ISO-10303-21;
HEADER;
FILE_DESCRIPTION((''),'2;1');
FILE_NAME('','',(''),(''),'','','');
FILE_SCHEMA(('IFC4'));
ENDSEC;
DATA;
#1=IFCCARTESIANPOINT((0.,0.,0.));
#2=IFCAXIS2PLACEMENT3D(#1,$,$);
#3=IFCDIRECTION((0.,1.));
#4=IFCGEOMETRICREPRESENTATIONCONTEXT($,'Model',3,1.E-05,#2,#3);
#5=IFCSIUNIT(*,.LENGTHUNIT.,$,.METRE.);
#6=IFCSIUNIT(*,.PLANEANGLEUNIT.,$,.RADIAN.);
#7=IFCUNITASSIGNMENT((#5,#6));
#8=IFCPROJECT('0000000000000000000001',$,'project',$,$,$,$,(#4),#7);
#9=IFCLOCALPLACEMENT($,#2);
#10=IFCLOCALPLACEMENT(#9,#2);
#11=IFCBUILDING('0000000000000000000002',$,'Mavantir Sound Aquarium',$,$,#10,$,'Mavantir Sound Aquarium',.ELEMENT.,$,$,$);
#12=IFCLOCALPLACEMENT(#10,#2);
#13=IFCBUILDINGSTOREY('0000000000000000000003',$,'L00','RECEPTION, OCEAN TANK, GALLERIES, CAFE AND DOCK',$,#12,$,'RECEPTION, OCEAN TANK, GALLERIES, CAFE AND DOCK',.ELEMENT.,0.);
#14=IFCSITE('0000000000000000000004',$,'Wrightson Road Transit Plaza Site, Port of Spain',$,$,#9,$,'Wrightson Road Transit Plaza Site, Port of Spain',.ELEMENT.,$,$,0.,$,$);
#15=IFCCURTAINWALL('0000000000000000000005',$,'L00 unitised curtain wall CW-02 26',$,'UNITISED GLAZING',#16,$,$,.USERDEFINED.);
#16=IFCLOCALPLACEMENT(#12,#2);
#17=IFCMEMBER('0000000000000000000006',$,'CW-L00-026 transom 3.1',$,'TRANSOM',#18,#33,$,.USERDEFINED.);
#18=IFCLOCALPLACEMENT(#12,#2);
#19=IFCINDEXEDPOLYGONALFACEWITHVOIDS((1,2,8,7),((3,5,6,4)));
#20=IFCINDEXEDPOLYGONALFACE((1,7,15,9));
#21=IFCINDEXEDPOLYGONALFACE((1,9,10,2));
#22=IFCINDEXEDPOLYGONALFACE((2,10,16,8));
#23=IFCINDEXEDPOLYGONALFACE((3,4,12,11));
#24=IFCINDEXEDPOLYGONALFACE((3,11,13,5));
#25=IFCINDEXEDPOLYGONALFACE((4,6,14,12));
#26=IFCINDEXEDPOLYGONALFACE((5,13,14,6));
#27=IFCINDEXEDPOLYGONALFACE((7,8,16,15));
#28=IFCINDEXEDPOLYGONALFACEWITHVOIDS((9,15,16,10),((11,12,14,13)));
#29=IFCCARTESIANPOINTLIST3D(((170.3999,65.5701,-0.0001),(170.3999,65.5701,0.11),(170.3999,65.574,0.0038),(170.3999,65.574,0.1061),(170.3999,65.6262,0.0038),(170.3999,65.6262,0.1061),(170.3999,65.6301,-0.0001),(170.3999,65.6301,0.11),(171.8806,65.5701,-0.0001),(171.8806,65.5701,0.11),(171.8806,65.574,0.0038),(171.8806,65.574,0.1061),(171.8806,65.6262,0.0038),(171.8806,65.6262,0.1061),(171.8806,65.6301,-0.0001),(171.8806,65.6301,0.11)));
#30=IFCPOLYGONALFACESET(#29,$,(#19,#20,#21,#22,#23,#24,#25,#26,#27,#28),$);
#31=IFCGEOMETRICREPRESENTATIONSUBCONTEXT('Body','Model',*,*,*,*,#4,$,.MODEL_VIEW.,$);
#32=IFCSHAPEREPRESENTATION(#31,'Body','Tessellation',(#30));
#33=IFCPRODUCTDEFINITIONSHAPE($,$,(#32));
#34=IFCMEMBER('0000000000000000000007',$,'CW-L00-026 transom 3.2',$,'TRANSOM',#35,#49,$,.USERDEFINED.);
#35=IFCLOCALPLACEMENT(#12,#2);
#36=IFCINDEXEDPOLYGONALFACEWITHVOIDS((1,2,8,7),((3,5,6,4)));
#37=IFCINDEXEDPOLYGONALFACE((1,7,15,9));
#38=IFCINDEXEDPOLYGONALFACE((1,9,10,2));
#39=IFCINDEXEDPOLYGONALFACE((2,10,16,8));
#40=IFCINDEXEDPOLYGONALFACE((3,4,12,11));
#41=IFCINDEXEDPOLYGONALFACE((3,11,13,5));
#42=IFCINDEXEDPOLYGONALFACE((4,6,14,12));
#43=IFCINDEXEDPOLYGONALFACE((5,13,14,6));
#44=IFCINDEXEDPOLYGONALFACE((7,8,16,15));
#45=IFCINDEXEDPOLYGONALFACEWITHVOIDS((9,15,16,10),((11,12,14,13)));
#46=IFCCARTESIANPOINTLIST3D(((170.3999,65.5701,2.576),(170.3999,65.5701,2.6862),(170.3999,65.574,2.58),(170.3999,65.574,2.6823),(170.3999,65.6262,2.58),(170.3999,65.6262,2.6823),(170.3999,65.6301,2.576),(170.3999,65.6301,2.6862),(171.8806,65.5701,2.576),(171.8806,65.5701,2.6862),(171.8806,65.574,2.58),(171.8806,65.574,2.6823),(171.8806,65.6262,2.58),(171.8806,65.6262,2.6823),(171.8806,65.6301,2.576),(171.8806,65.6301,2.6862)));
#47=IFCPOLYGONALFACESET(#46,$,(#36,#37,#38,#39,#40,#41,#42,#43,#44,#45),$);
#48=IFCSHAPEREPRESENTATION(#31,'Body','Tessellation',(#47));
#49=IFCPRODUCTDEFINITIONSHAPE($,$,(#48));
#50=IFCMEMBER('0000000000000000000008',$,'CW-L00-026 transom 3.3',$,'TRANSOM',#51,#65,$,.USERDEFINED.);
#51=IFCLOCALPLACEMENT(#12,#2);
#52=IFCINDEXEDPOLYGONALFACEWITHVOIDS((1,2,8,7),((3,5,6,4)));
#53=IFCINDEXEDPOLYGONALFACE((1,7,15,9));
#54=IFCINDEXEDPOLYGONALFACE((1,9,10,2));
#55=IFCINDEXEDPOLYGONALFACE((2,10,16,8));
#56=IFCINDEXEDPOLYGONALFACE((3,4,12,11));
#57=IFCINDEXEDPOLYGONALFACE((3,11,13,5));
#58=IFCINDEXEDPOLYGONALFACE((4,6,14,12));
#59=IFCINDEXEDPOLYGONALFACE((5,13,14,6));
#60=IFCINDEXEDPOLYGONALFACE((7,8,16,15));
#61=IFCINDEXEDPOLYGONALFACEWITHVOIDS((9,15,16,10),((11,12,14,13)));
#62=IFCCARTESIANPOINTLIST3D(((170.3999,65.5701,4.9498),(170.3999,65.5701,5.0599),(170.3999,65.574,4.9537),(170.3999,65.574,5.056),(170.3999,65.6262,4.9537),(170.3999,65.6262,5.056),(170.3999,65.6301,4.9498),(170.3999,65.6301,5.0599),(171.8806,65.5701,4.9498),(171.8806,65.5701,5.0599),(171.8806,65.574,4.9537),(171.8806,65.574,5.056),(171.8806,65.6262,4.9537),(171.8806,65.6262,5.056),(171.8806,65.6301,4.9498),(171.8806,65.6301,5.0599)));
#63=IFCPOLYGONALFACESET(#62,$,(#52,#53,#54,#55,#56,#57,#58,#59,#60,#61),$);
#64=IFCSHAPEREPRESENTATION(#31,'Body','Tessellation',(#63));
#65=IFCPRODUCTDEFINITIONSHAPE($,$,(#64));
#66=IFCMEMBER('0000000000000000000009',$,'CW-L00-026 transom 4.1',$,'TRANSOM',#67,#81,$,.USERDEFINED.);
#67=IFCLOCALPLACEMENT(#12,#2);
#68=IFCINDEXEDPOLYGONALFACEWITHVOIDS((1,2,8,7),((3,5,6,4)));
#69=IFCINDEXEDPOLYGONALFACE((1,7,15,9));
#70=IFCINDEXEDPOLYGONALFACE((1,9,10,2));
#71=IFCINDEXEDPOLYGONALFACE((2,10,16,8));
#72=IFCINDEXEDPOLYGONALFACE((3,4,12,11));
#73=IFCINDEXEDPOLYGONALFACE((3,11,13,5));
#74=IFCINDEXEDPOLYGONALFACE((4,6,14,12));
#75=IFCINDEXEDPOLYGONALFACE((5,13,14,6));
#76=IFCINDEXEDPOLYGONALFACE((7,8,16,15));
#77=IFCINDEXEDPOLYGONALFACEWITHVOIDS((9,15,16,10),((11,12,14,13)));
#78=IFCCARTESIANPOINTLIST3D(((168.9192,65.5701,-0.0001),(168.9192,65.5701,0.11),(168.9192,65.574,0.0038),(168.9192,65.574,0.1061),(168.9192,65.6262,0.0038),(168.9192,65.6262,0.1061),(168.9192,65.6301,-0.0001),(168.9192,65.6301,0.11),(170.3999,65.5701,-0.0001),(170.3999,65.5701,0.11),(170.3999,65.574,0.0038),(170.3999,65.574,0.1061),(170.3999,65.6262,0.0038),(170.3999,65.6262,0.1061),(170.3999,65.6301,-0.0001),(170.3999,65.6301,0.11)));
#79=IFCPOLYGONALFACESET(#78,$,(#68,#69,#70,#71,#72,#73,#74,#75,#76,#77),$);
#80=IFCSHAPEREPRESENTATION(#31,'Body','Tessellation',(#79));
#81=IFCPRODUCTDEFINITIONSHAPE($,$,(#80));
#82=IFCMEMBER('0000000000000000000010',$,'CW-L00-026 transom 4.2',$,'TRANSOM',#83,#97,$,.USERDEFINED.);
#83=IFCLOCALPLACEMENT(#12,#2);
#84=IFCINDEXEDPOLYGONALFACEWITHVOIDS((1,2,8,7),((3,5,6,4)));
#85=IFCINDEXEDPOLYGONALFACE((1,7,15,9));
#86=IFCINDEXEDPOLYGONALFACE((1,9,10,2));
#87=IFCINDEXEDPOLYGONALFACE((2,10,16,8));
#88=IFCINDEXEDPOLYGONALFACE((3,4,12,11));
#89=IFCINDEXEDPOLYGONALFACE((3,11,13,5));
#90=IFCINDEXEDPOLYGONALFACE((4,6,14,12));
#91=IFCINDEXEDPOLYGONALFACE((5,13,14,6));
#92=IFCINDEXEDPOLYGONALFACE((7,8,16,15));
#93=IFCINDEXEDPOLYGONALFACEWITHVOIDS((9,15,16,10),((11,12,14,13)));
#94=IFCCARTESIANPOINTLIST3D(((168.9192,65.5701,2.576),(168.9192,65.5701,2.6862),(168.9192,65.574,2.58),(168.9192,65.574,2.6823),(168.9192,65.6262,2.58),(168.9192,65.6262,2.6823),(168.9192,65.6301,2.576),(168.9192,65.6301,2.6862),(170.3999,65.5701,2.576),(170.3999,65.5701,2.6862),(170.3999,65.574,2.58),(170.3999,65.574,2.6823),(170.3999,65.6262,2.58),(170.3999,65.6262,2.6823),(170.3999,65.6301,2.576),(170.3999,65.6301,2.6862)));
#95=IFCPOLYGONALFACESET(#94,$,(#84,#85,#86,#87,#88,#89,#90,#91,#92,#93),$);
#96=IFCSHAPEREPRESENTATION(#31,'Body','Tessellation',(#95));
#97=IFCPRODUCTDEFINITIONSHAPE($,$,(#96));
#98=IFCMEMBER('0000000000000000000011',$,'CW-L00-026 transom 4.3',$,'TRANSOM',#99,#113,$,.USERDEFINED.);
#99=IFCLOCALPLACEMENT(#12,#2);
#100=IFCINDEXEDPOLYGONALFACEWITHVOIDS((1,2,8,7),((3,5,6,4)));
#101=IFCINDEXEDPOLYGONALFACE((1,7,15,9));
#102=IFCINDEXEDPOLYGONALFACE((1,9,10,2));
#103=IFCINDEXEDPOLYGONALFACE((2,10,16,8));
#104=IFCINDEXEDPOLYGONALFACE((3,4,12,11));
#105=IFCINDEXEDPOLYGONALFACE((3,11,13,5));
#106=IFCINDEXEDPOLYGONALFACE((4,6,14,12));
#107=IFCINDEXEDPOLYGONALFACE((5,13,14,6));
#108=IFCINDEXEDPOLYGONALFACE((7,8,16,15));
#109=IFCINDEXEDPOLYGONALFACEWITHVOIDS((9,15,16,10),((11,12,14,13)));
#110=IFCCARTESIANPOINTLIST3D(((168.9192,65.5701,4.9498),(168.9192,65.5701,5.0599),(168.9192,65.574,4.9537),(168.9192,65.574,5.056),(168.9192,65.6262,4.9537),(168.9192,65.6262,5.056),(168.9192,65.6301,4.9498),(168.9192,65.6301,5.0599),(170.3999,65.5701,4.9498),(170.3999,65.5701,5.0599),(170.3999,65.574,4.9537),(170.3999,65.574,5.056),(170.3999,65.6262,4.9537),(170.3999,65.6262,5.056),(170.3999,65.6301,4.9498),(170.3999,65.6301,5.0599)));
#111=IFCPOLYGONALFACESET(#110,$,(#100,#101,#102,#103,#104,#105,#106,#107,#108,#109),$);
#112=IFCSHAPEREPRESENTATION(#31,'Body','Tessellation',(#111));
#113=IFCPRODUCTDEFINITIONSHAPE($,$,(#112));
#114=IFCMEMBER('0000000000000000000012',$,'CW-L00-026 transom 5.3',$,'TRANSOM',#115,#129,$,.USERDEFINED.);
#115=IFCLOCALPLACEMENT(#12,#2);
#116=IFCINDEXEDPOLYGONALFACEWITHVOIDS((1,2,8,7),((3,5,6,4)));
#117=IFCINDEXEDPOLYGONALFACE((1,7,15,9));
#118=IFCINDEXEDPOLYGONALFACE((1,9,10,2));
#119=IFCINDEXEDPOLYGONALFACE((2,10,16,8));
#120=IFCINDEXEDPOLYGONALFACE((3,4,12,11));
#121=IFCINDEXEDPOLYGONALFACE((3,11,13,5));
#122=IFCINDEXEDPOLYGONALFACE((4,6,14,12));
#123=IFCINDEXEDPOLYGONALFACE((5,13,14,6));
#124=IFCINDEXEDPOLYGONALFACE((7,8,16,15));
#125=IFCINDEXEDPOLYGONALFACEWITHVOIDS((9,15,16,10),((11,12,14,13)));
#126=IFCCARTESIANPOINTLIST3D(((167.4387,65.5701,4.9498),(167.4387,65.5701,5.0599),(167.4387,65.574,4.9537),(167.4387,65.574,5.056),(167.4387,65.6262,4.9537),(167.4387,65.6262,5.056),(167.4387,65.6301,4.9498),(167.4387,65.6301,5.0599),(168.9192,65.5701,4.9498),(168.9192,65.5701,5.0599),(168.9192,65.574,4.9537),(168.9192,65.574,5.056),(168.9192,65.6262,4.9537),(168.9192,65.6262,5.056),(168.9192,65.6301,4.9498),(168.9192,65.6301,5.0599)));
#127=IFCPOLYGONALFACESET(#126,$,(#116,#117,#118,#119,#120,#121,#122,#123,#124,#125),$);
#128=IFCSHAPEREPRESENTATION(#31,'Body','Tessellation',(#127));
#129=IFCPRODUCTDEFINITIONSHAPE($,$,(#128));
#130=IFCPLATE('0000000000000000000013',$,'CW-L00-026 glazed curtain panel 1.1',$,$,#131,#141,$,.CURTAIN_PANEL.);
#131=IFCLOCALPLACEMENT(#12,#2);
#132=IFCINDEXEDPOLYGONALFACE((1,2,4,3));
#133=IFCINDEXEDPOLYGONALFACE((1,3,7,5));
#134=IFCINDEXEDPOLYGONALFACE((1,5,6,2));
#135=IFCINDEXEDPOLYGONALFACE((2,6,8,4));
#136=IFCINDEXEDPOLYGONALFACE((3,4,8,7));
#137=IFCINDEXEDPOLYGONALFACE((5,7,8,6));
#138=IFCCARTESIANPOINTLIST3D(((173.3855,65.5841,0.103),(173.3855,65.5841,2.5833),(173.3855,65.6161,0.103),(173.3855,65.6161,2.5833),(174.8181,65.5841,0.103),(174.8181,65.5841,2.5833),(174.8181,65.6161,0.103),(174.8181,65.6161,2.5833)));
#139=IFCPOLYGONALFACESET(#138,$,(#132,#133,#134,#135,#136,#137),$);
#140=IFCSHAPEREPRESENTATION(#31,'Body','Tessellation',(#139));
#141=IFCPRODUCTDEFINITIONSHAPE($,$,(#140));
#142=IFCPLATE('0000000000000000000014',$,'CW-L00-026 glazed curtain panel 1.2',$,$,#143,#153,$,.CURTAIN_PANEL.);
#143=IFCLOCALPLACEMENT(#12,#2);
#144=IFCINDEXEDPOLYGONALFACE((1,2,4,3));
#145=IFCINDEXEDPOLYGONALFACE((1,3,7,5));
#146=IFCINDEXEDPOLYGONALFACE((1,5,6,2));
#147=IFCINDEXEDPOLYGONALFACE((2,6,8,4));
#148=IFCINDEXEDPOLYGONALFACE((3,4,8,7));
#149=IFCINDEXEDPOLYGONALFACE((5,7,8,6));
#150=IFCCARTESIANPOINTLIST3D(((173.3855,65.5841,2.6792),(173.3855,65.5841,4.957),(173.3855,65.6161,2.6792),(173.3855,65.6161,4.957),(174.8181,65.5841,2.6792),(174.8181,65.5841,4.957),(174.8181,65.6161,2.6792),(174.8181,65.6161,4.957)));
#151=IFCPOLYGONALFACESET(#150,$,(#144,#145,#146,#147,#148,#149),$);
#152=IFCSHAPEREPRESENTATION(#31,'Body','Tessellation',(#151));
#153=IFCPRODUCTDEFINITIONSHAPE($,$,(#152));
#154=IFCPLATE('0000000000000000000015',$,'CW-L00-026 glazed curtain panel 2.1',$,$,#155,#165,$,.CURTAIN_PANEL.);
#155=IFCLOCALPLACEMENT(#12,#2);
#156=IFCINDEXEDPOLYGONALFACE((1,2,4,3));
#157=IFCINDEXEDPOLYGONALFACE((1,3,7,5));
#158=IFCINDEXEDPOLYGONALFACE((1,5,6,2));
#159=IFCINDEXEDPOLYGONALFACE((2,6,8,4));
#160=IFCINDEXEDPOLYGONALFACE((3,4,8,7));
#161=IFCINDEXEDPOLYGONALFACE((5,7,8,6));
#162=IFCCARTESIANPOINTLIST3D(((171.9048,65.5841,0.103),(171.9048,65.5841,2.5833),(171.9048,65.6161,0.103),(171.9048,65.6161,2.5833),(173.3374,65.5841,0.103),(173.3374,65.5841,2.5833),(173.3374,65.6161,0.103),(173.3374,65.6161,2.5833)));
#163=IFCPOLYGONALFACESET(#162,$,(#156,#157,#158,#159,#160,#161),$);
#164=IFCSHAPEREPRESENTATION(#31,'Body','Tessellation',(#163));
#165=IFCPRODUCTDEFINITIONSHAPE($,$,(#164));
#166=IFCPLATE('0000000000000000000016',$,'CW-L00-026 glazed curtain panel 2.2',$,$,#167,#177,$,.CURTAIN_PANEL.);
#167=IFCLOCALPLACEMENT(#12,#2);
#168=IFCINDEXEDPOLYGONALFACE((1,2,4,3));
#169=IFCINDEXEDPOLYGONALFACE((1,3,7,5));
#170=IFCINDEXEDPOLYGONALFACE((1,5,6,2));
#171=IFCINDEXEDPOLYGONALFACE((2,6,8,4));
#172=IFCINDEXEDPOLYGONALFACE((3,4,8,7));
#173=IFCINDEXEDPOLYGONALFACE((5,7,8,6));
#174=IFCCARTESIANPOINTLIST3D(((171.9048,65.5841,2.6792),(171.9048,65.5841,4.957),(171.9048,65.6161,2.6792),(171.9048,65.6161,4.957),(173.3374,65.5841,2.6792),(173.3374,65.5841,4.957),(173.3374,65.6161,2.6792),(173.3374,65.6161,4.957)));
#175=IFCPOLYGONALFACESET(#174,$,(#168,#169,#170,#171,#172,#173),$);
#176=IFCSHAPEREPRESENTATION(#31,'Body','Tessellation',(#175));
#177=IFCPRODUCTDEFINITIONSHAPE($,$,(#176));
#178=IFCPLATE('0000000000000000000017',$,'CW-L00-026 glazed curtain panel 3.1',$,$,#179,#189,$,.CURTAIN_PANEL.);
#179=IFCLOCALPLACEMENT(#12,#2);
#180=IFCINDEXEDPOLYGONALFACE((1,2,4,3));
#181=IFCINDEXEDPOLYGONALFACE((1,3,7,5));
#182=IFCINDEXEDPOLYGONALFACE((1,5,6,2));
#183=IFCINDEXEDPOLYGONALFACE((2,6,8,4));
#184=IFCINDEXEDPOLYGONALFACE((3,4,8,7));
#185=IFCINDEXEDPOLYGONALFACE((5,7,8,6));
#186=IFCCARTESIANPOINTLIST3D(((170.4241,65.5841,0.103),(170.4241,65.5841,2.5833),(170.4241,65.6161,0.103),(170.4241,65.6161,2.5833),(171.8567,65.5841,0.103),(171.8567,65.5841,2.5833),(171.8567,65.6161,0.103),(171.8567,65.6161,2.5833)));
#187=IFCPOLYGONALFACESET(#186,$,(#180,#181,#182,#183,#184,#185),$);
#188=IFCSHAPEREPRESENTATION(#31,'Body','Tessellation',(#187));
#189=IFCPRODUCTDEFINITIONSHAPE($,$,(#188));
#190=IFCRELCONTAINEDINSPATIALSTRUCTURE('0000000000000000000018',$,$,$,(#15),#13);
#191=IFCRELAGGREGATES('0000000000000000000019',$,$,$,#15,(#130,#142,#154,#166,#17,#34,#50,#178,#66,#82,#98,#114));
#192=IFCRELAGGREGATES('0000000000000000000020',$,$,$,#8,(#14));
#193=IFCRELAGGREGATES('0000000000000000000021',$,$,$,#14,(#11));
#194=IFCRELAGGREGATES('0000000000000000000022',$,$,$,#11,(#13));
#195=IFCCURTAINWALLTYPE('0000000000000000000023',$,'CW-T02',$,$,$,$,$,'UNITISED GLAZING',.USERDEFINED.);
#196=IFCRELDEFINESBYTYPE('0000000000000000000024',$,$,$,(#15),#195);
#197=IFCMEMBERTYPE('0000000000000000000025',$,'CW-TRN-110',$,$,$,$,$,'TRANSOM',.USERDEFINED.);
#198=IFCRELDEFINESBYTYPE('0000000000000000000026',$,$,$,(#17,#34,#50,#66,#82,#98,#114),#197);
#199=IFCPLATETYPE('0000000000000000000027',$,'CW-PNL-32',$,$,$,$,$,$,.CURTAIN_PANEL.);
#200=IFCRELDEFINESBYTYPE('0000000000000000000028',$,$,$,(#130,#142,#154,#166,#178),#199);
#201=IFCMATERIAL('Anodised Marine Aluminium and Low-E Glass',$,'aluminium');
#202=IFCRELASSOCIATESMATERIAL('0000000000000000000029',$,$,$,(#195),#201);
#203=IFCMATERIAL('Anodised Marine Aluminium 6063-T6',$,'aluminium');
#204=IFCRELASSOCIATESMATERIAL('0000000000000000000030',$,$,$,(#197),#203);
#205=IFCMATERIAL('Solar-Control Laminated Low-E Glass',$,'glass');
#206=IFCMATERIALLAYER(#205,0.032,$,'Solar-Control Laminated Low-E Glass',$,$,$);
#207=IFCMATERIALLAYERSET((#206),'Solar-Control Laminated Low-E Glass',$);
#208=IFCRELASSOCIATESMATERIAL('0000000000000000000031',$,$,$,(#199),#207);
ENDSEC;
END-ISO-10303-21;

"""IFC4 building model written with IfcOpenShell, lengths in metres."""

from ifc_helpers import new_model, si_unit, direction, frame, origin, origin_2d, place, context, subcontext, project, spatial, rectangle, hollow_rectangle, extrude, material, layer, layer_set, material_profile, profile_set, type_object, element, aggregate, save


model = new_model("IFC4")

# Units and contexts
model_context = context("Model", 3, precision=1e-05, world=origin(), true_north=direction((0.0, 1.0)))
body_context = subcontext(model_context, "Body", "Model", "MODEL_VIEW")
ifc_project = project(units=[si_unit("LENGTHUNIT", "METRE"), si_unit("PLANEANGLEUNIT", "RADIAN")], contexts=[model_context])

# Site, building, storey
site_placement = place(None, origin())
site = spatial("IfcSite", under=ifc_project, at=site_placement, Name="Wrightson Road Transit Plaza Site, Port of Spain", LongName="Wrightson Road Transit Plaza Site, Port of Spain", CompositionType="ELEMENT", RefElevation=0.0)
building_placement = place(site_placement, origin())
building = spatial("IfcBuilding", under=site, at=building_placement, Name="Mavantir Sound Aquarium", LongName="Mavantir Sound Aquarium", CompositionType="ELEMENT")
storey_placement = place(building_placement, origin())
storey = spatial("IfcBuildingStorey", under=building, at=storey_placement, Name="L00", Description="RECEPTION, OCEAN TANK, GALLERIES, CAFE AND DOCK", LongName="RECEPTION, OCEAN TANK, GALLERIES, CAFE AND DOCK", CompositionType="ELEMENT", Elevation=0.0)

# Curtain wall, members, plates
ifc_material_1 = material(Name="Anodised Marine Aluminium and Low-E Glass", Category="aluminium")
curtain_wall_type = type_object("IfcCurtainWallType", Name="CW-T02", ElementType="UNITISED GLAZING", PredefinedType="USERDEFINED", material=ifc_material_1)
curtain_wall_placement = place(storey_placement, origin())
curtain_wall = element("IfcCurtainWall", 1, at=curtain_wall_placement, inside=storey, type_object=curtain_wall_type, Name="L00 unitised curtain wall CW-02 26", ObjectType="UNITISED GLAZING", PredefinedType="USERDEFINED")
ifc_material_2 = material(Name="Anodised Marine Aluminium 6063-T6", Category="aluminium")
ifc_material_profile_1 = material_profile(ifc_material_2, hollow_rectangle(XDim=0.0601, YDim=0.1101, WallThickness=0.0039, at=origin_2d()), Name="ALU-TRANSOM-110X60")
ifc_profile_set_1 = profile_set([ifc_material_profile_1], Name="Anodised Marine Aluminium 6063-T6")
member_type_1 = type_object("IfcMemberType", Name="CW-TRN-110", ElementType="TRANSOM", PredefinedType="USERDEFINED", material=ifc_profile_set_1)
member_1_placement = place(storey_placement, frame((171.8806, 65.6001, 0.0549), z_axis=(-1.0, 0.0, 0.0), x_axis=(0.0, -1.0, 0.0)))
member_1 = element("IfcMember", 2, at=member_1_placement, type_object=member_type_1, Name="CW-L00-026 transom 3.1", ObjectType="TRANSOM", PredefinedType="USERDEFINED", context=body_context, shape_type="SweptSolid", body=[
    extrude(hollow_rectangle(XDim=0.0601, YDim=0.1101, WallThickness=0.0039, at=origin_2d()), origin(), (0.0, 0.0, 1.0), 1.4807),
])
member_2_placement = place(storey_placement, frame((171.8806, 65.6001, 2.6311), z_axis=(-1.0, 0.0, 0.0), x_axis=(0.0, -1.0, 0.0)))
member_2 = element("IfcMember", 3, at=member_2_placement, type_object=member_type_1, Name="CW-L00-026 transom 3.2", ObjectType="TRANSOM", PredefinedType="USERDEFINED", context=body_context, shape_type="SweptSolid", body=[
    extrude(hollow_rectangle(XDim=0.0601, YDim=0.1101, WallThickness=0.0039, at=origin_2d()), origin(), (0.0, 0.0, 1.0), 1.4807),
])
member_3_placement = place(storey_placement, frame((171.8806, 65.6001, 5.0049), z_axis=(-1.0, 0.0, 0.0), x_axis=(0.0, -1.0, 0.0)))
member_3 = element("IfcMember", 4, at=member_3_placement, type_object=member_type_1, Name="CW-L00-026 transom 3.3", ObjectType="TRANSOM", PredefinedType="USERDEFINED", context=body_context, shape_type="SweptSolid", body=[
    extrude(hollow_rectangle(XDim=0.0601, YDim=0.1101, WallThickness=0.0039, at=origin_2d()), origin(), (0.0, 0.0, 1.0), 1.4807),
])
member_4_placement = place(storey_placement, frame((170.3999, 65.6001, 0.0549), z_axis=(-1.0, 0.0, 0.0), x_axis=(0.0, -1.0, 0.0)))
member_4 = element("IfcMember", 5, at=member_4_placement, type_object=member_type_1, Name="CW-L00-026 transom 4.1", ObjectType="TRANSOM", PredefinedType="USERDEFINED", context=body_context, shape_type="SweptSolid", body=[
    extrude(hollow_rectangle(XDim=0.0601, YDim=0.1101, WallThickness=0.0039, at=origin_2d()), origin(), (0.0, 0.0, 1.0), 1.4807),
])
member_5_placement = place(storey_placement, frame((170.3999, 65.6001, 2.6311), z_axis=(-1.0, 0.0, 0.0), x_axis=(0.0, -1.0, 0.0)))
member_5 = element("IfcMember", 6, at=member_5_placement, type_object=member_type_1, Name="CW-L00-026 transom 4.2", ObjectType="TRANSOM", PredefinedType="USERDEFINED", context=body_context, shape_type="SweptSolid", body=[
    extrude(hollow_rectangle(XDim=0.0601, YDim=0.1101, WallThickness=0.0039, at=origin_2d()), origin(), (0.0, 0.0, 1.0), 1.4807),
])
member_6_placement = place(storey_placement, frame((170.3999, 65.6001, 5.0049), z_axis=(-1.0, 0.0, 0.0), x_axis=(0.0, -1.0, 0.0)))
member_6 = element("IfcMember", 7, at=member_6_placement, type_object=member_type_1, Name="CW-L00-026 transom 4.3", ObjectType="TRANSOM", PredefinedType="USERDEFINED", context=body_context, shape_type="SweptSolid", body=[
    extrude(hollow_rectangle(XDim=0.0601, YDim=0.1101, WallThickness=0.0039, at=origin_2d()), origin(), (0.0, 0.0, 1.0), 1.4807),
])
member_7_placement = place(storey_placement, frame((168.9192, 65.6001, 5.0049), z_axis=(-1.0, 0.0, 0.0), x_axis=(0.0, -1.0, 0.0)))
member_7 = element("IfcMember", 8, at=member_7_placement, type_object=member_type_1, Name="CW-L00-026 transom 5.3", ObjectType="TRANSOM", PredefinedType="USERDEFINED", context=body_context, shape_type="SweptSolid", body=[
    extrude(hollow_rectangle(XDim=0.0601, YDim=0.1101, WallThickness=0.0039, at=origin_2d()), origin(), (0.0, 0.0, 1.0), 1.4805),
])
ifc_material_3 = material(Name="Solar-Control Laminated Low-E Glass", Category="glass")
ifc_layer = layer(ifc_material_3, 0.032, Name="Solar-Control Laminated Low-E Glass")
ifc_layer_set = layer_set([ifc_layer], Name="Solar-Control Laminated Low-E Glass")
plate_type = type_object("IfcPlateType", Name="CW-PNL-32", PredefinedType="CURTAIN_PANEL", material=ifc_layer_set)
plate_1_placement = place(storey_placement, frame((174.1018, 65.6001, 0.103), z_axis=(0.0, 0.0, 1.0), x_axis=(-1.0, 0.0, 0.0)))
plate_1 = element("IfcPlate", 9, at=plate_1_placement, type_object=plate_type, Name="CW-L00-026 glazed curtain panel 1.1", PredefinedType="CURTAIN_PANEL", context=body_context, shape_type="SweptSolid", body=[
    extrude(rectangle(XDim=1.4326, YDim=0.032, at=origin_2d()), origin(), (0.0, 0.0, 1.0), 2.4802),
])
plate_2_placement = place(storey_placement, frame((174.1018, 65.6001, 2.6792), z_axis=(0.0, 0.0, 1.0), x_axis=(-1.0, 0.0, 0.0)))
plate_2 = element("IfcPlate", 10, at=plate_2_placement, type_object=plate_type, Name="CW-L00-026 glazed curtain panel 1.2", PredefinedType="CURTAIN_PANEL", context=body_context, shape_type="SweptSolid", body=[
    extrude(rectangle(XDim=1.4326, YDim=0.032, at=origin_2d()), origin(), (0.0, 0.0, 1.0), 2.2778),
])
plate_3_placement = place(storey_placement, frame((172.6211, 65.6001, 0.103), z_axis=(0.0, 0.0, 1.0), x_axis=(-1.0, 0.0, 0.0)))
plate_3 = element("IfcPlate", 11, at=plate_3_placement, type_object=plate_type, Name="CW-L00-026 glazed curtain panel 2.1", PredefinedType="CURTAIN_PANEL", context=body_context, shape_type="SweptSolid", body=[
    extrude(rectangle(XDim=1.4326, YDim=0.032, at=origin_2d()), origin(), (0.0, 0.0, 1.0), 2.4802),
])
plate_4_placement = place(storey_placement, frame((172.6211, 65.6001, 2.6792), z_axis=(0.0, 0.0, 1.0), x_axis=(-1.0, 0.0, 0.0)))
plate_4 = element("IfcPlate", 12, at=plate_4_placement, type_object=plate_type, Name="CW-L00-026 glazed curtain panel 2.2", PredefinedType="CURTAIN_PANEL", context=body_context, shape_type="SweptSolid", body=[
    extrude(rectangle(XDim=1.4326, YDim=0.032, at=origin_2d()), origin(), (0.0, 0.0, 1.0), 2.2778),
])
plate_5_placement = place(storey_placement, frame((171.1404, 65.6001, 0.103), z_axis=(0.0, 0.0, 1.0), x_axis=(-1.0, 0.0, 0.0)))
plate_5 = element("IfcPlate", 13, at=plate_5_placement, type_object=plate_type, Name="CW-L00-026 glazed curtain panel 3.1", PredefinedType="CURTAIN_PANEL", context=body_context, shape_type="SweptSolid", body=[
    extrude(rectangle(XDim=1.4326, YDim=0.032, at=origin_2d()), origin(), (0.0, 0.0, 1.0), 2.4802),
])
aggregate(curtain_wall, [plate_1, plate_2, plate_3, plate_4, member_1, member_2, member_3, plate_5, member_4, member_5, member_6, member_7])

save(model, "model.ifc")
